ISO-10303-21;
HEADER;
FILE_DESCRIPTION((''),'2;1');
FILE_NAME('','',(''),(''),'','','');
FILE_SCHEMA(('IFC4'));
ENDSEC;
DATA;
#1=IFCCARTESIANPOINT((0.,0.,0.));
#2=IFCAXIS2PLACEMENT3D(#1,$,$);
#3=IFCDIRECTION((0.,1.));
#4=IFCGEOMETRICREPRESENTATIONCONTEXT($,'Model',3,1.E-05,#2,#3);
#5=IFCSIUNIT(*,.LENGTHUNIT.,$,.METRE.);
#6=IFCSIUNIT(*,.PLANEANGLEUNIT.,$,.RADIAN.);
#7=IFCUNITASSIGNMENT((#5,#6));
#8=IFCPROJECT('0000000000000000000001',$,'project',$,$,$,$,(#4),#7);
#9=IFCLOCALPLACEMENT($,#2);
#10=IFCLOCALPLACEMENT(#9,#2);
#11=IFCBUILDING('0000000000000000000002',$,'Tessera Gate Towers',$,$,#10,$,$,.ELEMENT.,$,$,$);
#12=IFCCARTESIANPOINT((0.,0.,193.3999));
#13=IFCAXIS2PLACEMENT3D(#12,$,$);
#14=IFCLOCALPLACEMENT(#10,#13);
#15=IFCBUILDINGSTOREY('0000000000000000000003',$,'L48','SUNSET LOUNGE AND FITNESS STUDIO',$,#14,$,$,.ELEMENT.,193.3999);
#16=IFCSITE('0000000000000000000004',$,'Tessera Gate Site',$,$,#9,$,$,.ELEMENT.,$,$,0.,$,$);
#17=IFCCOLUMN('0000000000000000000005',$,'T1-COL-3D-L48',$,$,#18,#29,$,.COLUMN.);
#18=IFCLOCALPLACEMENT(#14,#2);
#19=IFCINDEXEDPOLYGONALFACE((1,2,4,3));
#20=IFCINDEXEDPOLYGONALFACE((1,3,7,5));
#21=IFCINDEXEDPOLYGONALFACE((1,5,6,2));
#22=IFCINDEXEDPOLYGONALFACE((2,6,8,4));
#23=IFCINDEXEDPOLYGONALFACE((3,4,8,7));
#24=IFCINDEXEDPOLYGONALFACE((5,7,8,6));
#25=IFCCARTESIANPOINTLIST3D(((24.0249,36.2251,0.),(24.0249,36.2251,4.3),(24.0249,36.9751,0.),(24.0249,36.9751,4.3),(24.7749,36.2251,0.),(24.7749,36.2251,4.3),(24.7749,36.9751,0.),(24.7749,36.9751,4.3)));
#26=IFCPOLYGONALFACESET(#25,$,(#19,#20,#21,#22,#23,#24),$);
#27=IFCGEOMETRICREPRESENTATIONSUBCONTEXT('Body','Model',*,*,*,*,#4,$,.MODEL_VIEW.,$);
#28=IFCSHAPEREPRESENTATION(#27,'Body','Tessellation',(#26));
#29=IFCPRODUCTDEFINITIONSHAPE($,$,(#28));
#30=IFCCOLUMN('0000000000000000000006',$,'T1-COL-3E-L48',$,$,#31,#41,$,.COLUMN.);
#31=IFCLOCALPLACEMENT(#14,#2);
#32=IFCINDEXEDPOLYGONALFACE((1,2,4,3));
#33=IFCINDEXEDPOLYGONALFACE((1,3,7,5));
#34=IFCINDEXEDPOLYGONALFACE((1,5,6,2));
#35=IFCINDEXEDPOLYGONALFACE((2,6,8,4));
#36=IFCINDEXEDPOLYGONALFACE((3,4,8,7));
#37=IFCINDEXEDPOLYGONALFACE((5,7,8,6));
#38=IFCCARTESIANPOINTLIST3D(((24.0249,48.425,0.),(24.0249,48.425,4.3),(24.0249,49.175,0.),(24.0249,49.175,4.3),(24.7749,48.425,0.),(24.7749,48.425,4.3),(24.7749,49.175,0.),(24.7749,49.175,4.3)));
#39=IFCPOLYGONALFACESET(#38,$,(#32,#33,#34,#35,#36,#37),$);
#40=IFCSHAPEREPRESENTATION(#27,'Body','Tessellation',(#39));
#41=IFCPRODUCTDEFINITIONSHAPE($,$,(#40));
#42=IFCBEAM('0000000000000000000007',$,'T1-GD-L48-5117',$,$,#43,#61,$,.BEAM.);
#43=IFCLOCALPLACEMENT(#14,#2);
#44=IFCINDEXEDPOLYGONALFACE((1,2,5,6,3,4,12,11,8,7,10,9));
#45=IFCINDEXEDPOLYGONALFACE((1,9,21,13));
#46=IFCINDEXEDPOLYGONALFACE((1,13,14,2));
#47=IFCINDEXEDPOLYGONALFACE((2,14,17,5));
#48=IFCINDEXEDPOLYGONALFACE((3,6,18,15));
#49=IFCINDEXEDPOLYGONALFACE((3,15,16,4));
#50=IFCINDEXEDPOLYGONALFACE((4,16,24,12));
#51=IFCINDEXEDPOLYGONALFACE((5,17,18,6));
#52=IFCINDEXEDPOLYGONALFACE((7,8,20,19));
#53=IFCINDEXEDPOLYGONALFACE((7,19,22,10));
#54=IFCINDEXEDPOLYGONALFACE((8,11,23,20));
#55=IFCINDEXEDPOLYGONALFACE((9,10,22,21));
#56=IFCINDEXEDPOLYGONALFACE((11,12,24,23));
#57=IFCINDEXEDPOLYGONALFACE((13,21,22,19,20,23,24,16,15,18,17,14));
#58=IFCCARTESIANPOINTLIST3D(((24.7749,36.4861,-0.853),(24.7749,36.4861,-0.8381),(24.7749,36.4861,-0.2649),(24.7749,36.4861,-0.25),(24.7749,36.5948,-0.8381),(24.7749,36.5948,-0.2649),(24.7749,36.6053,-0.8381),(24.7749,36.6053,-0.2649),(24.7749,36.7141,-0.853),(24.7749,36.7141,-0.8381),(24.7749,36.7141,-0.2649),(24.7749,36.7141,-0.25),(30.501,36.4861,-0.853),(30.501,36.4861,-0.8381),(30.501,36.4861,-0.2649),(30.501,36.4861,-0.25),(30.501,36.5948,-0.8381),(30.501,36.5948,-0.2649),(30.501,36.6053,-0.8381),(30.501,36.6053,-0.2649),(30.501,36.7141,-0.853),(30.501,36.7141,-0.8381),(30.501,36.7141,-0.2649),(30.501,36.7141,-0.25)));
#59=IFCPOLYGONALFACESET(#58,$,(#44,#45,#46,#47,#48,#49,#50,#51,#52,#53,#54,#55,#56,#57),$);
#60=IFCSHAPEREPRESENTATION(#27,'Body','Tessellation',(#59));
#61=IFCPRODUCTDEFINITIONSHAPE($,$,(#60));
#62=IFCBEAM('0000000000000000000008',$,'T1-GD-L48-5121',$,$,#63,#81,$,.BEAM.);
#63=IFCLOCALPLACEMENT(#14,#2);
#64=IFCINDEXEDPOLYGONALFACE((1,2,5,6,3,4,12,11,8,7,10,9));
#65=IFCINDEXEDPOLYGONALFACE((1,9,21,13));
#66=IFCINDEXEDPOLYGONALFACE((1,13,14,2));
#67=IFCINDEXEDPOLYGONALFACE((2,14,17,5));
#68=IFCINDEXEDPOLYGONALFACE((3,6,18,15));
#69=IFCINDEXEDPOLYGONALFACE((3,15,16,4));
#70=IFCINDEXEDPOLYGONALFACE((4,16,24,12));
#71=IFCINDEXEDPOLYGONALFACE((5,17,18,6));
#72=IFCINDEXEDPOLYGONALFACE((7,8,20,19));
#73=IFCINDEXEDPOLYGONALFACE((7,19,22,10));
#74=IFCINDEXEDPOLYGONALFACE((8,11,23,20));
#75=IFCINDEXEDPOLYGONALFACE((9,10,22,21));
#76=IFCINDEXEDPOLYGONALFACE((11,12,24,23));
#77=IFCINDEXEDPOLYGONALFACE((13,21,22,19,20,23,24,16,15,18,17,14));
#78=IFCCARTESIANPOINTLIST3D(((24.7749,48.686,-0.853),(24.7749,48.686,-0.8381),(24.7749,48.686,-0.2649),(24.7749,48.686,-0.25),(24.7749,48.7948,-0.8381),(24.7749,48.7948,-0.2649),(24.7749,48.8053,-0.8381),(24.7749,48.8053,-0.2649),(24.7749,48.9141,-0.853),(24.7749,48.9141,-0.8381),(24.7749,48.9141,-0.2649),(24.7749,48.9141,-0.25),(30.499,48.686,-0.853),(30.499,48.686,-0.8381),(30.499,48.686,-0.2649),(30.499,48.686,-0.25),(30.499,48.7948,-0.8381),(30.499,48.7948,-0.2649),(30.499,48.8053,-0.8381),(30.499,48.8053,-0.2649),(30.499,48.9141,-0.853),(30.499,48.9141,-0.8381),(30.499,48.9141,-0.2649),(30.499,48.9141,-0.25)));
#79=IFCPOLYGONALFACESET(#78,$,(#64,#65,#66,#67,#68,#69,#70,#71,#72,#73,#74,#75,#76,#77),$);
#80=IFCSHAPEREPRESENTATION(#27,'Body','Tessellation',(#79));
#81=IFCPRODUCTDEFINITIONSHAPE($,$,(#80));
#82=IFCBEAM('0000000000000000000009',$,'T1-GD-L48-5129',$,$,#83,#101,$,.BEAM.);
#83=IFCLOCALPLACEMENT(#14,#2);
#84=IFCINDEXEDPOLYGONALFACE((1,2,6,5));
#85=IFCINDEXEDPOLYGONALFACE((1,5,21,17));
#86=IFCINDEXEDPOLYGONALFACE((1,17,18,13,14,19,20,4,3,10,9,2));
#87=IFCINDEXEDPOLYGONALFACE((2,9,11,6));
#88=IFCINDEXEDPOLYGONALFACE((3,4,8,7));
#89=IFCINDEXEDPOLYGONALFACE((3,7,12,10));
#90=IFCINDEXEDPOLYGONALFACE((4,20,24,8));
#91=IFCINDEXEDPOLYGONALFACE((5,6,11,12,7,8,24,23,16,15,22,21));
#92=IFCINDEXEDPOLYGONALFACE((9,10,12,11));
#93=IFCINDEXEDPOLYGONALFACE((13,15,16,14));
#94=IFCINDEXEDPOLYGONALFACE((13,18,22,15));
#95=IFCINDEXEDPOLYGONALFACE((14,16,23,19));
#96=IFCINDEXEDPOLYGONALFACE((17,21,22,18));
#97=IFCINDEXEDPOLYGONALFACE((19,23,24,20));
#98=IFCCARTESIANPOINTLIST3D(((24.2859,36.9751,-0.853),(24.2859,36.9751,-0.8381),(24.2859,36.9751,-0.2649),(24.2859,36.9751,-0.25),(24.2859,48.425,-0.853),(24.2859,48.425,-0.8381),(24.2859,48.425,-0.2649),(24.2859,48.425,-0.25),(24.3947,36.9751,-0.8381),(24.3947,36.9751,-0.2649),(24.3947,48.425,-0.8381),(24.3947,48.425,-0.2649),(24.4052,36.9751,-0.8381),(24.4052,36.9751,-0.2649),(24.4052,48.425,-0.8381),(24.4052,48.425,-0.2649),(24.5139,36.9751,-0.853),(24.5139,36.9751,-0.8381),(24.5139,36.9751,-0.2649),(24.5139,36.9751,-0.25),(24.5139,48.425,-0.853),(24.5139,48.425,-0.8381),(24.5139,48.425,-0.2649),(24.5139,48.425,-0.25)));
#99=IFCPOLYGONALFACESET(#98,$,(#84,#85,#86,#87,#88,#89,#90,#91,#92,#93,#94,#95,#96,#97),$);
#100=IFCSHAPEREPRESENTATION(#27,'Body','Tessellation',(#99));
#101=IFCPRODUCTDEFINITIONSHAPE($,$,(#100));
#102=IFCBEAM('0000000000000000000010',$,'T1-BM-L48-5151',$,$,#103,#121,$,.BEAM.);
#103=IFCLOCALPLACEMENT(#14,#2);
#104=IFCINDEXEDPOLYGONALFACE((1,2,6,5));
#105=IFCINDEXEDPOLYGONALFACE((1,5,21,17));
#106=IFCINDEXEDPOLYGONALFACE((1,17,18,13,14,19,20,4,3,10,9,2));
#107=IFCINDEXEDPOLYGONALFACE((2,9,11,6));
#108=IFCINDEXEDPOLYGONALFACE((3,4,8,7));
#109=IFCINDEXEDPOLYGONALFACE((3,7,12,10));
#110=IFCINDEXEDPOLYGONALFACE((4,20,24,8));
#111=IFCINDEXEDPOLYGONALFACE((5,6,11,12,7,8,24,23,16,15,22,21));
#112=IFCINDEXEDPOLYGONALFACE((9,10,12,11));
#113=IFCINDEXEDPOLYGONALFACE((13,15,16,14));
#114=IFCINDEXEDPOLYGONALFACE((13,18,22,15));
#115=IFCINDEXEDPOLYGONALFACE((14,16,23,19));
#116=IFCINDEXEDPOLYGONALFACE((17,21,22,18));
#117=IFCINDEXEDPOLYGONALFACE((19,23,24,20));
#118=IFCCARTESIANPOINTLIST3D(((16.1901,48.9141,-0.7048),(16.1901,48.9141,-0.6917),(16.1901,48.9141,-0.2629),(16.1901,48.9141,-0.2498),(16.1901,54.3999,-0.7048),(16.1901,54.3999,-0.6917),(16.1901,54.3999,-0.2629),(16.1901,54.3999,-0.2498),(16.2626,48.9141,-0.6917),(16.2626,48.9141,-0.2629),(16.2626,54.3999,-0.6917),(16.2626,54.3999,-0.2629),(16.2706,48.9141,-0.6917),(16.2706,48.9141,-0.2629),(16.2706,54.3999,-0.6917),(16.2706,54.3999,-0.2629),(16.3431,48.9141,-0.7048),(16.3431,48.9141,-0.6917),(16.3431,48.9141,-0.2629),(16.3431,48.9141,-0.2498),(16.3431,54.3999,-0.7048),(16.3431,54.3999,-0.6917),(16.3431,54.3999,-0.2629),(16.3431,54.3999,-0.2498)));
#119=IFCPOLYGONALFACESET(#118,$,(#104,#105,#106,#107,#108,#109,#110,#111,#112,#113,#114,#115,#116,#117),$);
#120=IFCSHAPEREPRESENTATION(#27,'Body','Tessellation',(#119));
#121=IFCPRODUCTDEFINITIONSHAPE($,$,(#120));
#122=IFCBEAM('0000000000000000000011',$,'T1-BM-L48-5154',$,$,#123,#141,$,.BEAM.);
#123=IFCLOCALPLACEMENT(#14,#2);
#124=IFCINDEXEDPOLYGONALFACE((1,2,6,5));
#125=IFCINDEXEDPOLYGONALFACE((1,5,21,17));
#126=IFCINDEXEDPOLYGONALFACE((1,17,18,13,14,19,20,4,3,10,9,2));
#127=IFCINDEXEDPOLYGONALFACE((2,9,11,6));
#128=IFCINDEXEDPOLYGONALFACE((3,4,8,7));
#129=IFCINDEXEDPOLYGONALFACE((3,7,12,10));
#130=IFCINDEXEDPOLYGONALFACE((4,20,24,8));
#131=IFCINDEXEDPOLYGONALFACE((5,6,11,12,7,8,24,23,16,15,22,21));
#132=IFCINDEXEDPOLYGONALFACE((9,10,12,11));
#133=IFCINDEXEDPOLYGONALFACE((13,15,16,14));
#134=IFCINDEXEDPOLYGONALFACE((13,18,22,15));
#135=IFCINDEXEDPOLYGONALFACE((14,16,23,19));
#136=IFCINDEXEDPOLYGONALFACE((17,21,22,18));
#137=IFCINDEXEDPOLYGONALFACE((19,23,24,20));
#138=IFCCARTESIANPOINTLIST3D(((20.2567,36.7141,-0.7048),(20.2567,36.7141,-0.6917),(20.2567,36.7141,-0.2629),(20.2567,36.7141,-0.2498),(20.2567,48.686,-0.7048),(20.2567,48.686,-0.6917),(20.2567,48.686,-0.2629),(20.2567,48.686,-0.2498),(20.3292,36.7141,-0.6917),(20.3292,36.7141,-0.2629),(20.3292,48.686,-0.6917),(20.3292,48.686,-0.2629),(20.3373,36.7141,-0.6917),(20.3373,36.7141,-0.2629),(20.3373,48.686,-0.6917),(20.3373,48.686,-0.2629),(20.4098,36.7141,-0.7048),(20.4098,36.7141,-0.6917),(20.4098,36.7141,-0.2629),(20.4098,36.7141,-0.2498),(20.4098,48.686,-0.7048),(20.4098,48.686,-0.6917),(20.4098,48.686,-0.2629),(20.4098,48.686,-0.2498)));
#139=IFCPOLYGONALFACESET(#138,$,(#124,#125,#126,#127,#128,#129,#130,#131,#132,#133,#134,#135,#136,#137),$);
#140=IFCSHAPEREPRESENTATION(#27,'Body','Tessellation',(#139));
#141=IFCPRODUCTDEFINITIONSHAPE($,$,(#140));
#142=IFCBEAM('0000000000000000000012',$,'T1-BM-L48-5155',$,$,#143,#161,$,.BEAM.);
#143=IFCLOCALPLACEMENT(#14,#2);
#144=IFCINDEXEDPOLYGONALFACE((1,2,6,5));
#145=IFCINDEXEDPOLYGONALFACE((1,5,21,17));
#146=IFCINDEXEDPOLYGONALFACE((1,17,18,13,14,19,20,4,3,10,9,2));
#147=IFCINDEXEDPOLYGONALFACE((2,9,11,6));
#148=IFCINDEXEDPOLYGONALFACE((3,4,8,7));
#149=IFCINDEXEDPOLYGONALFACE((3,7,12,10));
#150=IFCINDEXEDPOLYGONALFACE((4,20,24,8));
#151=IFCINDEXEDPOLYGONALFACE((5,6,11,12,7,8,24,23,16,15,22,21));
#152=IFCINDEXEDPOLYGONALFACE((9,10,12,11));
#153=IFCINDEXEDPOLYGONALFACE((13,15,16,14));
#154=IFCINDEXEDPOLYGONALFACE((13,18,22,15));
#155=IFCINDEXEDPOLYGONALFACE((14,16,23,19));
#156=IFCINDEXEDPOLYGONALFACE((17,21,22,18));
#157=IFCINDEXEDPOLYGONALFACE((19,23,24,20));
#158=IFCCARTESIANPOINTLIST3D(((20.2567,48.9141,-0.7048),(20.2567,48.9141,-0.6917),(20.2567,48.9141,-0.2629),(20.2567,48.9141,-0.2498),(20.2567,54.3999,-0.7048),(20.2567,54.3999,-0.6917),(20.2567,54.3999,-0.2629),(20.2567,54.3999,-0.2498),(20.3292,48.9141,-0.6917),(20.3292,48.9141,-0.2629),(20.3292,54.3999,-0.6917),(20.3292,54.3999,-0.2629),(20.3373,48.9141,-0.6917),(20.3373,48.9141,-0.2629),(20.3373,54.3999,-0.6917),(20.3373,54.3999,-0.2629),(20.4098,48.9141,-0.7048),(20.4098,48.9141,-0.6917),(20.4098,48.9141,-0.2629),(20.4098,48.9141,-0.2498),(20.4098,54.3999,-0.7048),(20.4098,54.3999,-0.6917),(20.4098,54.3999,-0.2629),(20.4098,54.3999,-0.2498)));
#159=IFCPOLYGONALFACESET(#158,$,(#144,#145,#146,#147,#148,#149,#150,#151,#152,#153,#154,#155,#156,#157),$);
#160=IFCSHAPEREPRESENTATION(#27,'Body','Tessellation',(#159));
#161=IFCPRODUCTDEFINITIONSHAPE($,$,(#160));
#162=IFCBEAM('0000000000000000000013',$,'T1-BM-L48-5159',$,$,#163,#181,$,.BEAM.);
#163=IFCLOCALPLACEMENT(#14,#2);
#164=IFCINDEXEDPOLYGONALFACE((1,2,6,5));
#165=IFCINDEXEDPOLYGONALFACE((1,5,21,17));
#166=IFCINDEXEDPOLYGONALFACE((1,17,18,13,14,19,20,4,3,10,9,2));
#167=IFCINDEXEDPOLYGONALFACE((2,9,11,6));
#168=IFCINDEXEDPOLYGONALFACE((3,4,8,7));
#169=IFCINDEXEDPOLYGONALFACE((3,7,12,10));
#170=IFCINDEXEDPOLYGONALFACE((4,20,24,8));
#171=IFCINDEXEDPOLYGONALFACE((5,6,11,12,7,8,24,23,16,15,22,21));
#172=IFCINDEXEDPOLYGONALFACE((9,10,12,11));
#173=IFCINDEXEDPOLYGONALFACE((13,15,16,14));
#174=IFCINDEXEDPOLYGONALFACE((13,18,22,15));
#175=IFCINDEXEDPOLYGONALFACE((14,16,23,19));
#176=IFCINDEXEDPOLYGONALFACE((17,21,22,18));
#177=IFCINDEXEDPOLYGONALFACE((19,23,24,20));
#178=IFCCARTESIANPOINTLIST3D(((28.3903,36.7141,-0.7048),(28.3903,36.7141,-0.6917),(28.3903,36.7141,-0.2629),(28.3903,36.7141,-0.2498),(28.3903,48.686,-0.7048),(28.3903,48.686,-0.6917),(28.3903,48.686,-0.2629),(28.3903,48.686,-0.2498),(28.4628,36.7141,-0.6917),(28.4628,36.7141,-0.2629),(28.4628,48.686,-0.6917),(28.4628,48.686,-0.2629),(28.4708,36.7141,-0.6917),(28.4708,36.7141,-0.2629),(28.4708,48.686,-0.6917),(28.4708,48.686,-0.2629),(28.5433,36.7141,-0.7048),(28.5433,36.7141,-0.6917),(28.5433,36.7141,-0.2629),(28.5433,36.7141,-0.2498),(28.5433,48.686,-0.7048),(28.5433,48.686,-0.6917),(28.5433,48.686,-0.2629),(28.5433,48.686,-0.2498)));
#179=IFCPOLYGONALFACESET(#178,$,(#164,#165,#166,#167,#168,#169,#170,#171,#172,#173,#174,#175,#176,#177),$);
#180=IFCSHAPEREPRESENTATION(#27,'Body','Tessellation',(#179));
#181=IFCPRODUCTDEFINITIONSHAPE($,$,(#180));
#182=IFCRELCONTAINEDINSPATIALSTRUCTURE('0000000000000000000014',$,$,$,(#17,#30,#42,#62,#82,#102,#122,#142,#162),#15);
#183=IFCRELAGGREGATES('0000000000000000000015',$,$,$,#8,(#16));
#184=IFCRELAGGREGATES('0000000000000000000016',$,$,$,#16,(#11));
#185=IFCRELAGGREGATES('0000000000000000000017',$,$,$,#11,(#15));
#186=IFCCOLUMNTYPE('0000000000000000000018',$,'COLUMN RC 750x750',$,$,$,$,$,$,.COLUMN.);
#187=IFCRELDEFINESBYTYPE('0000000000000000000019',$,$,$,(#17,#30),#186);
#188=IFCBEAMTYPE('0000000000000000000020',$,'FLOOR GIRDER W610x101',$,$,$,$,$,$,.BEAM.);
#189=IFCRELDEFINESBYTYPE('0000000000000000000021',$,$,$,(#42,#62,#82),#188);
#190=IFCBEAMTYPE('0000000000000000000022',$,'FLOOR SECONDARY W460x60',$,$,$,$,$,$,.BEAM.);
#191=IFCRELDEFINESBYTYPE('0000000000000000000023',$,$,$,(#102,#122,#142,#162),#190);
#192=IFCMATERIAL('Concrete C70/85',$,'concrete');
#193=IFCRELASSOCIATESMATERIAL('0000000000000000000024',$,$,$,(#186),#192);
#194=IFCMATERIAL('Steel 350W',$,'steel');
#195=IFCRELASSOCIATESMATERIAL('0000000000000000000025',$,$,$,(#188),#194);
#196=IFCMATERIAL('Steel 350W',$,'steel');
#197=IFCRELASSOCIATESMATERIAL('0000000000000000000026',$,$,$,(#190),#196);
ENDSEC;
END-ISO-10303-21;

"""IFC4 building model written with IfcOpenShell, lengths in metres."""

from ifc_helpers import new_model, si_unit, direction, frame, origin, origin_2d, place, context, subcontext, project, spatial, rectangle, i_section, extrude, material, material_profile, profile_set, type_object, element, save


model = new_model("IFC4")

# Units and contexts
model_context = context("Model", 3, precision=1e-05, world=origin(), true_north=direction((0.0, 1.0)))
body_context = subcontext(model_context, "Body", "Model", "MODEL_VIEW")
ifc_project = project(units=[si_unit("LENGTHUNIT", "METRE"), si_unit("PLANEANGLEUNIT", "RADIAN")], contexts=[model_context])

# Site, building, storey
site_placement = place(None, origin())
site = spatial("IfcSite", under=ifc_project, at=site_placement, Name="Tessera Gate Site", CompositionType="ELEMENT", RefElevation=0.0)
building_placement = place(site_placement, origin())
building = spatial("IfcBuilding", under=site, at=building_placement, Name="Tessera Gate Towers", CompositionType="ELEMENT")
storey_placement = place(building_placement, frame((0.0, 0.0, 193.3999)))
storey = spatial("IfcBuildingStorey", under=building, at=storey_placement, Name="L48", Description="SUNSET LOUNGE AND FITNESS STUDIO", CompositionType="ELEMENT", Elevation=193.3999)

# Columns
ifc_material_1 = material(Name="Concrete C70/85", Category="concrete")
ifc_material_profile_1 = material_profile(ifc_material_1, rectangle(XDim=0.75, YDim=0.75, at=origin_2d()), Name="RC 750x750")
ifc_profile_set_1 = profile_set([ifc_material_profile_1], Name="Concrete C70/85")
column_type = type_object("IfcColumnType", Name="COLUMN RC 750x750", PredefinedType="COLUMN", material=ifc_profile_set_1)
for number, where, z_axis, x_axis, name in (
    (1, (24.3999, 36.6001, 0.0), (0.0, 0.0, 1.0), (1.0, 0.0, 0.0), "T1-COL-3D-L48"),
    (2, (24.3999, 48.8, 0.0), (0.0, 0.0, 1.0), (1.0, 0.0, 0.0), "T1-COL-3E-L48"),
):
    element("IfcColumn", number, at=place(storey_placement, frame(where, z_axis=z_axis, x_axis=x_axis)), inside=storey, type_object=column_type, Name=name, PredefinedType="COLUMN", context=body_context, shape_type="SweptSolid", body=[
        extrude(rectangle(XDim=0.75, YDim=0.75, at=origin_2d()), origin(), (0.0, 0.0, 1.0), 4.3),
    ])

# Beams
ifc_material_2 = material(Name="Steel 350W", Category="steel")
ifc_material_profile_2 = material_profile(ifc_material_2, i_section(OverallWidth=0.228, OverallDepth=0.603, WebThickness=0.0105, FlangeThickness=0.0149, at=origin_2d()), Name="W610x101")
ifc_profile_set_2 = profile_set([ifc_material_profile_2], Name="Steel 350W")
beam_type_1 = type_object("IfcBeamType", Name="FLOOR GIRDER W610x101", PredefinedType="BEAM", material=ifc_profile_set_2)
beam_1_placement = place(storey_placement, frame((24.7749, 36.6001, -0.5515), z_axis=(1.0, 0.0, 0.0), x_axis=(0.0, 1.0, 0.0)))
element("IfcBeam", 3, at=beam_1_placement, inside=storey, type_object=beam_type_1, Name="T1-GD-L48-5117", PredefinedType="BEAM", context=body_context, shape_type="SweptSolid", body=[
    extrude(i_section(OverallWidth=0.228, OverallDepth=0.603, WebThickness=0.0105, FlangeThickness=0.0149, at=origin_2d()), origin(), (0.0, 0.0, 1.0), 5.7261),
])
beam_2_placement = place(storey_placement, frame((24.7749, 48.8, -0.5515), z_axis=(1.0, 0.0, 0.0), x_axis=(0.0, 1.0, 0.0)))
element("IfcBeam", 4, at=beam_2_placement, inside=storey, type_object=beam_type_1, Name="T1-GD-L48-5121", PredefinedType="BEAM", context=body_context, shape_type="SweptSolid", body=[
    extrude(i_section(OverallWidth=0.228, OverallDepth=0.603, WebThickness=0.0105, FlangeThickness=0.0149, at=origin_2d()), origin(), (0.0, 0.0, 1.0), 5.7241),
])
beam_3_placement = place(storey_placement, frame((24.3999, 36.9751, -0.5515), z_axis=(0.0, 1.0, 0.0), x_axis=(-1.0, 0.0, 0.0)))
element("IfcBeam", 5, at=beam_3_placement, inside=storey, type_object=beam_type_1, Name="T1-GD-L48-5129", PredefinedType="BEAM", context=body_context, shape_type="SweptSolid", body=[
    extrude(i_section(OverallWidth=0.228, OverallDepth=0.603, WebThickness=0.0105, FlangeThickness=0.0149, at=origin_2d()), origin(), (0.0, 0.0, 1.0), 11.45),
])
ifc_material_3 = material(Name="Steel 350W", Category="steel")
ifc_material_profile_3 = material_profile(ifc_material_3, i_section(OverallWidth=0.1531, OverallDepth=0.4551, WebThickness=0.0081, FlangeThickness=0.0132, at=origin_2d()), Name="W460x60")
ifc_profile_set_3 = profile_set([ifc_material_profile_3], Name="Steel 350W")
beam_type_2 = type_object("IfcBeamType", Name="FLOOR SECONDARY W460x60", PredefinedType="BEAM", material=ifc_profile_set_3)
beam_4_placement = place(storey_placement, frame((16.2666, 48.9141, -0.4773), z_axis=(0.0, 1.0, 0.0), x_axis=(-1.0, 0.0, 0.0)))
element("IfcBeam", 6, at=beam_4_placement, inside=storey, type_object=beam_type_2, Name="T1-BM-L48-5151", PredefinedType="BEAM", context=body_context, shape_type="SweptSolid", body=[
    extrude(i_section(OverallWidth=0.1531, OverallDepth=0.4551, WebThickness=0.0081, FlangeThickness=0.0132, at=origin_2d()), origin(), (0.0, 0.0, 1.0), 5.4858),
])
beam_5_placement = place(storey_placement, frame((20.3333, 36.7141, -0.4773), z_axis=(0.0, 1.0, 0.0), x_axis=(-1.0, 0.0, 0.0)))
element("IfcBeam", 7, at=beam_5_placement, inside=storey, type_object=beam_type_2, Name="T1-BM-L48-5154", PredefinedType="BEAM", context=body_context, shape_type="SweptSolid", body=[
    extrude(i_section(OverallWidth=0.1531, OverallDepth=0.4551, WebThickness=0.0081, FlangeThickness=0.0132, at=origin_2d()), origin(), (0.0, 0.0, 1.0), 11.9719),
])
beam_6_placement = place(storey_placement, frame((20.3333, 48.9141, -0.4773), z_axis=(0.0, 1.0, 0.0), x_axis=(-1.0, 0.0, 0.0)))
element("IfcBeam", 8, at=beam_6_placement, inside=storey, type_object=beam_type_2, Name="T1-BM-L48-5155", PredefinedType="BEAM", context=body_context, shape_type="SweptSolid", body=[
    extrude(i_section(OverallWidth=0.1531, OverallDepth=0.4551, WebThickness=0.0081, FlangeThickness=0.0132, at=origin_2d()), origin(), (0.0, 0.0, 1.0), 5.4858),
])
beam_7_placement = place(storey_placement, frame((28.4668, 36.7141, -0.4773), z_axis=(0.0, 1.0, 0.0), x_axis=(-1.0, 0.0, 0.0)))
element("IfcBeam", 9, at=beam_7_placement, inside=storey, type_object=beam_type_2, Name="T1-BM-L48-5159", PredefinedType="BEAM", context=body_context, shape_type="SweptSolid", body=[
    extrude(i_section(OverallWidth=0.1531, OverallDepth=0.4551, WebThickness=0.0081, FlangeThickness=0.0132, at=origin_2d()), origin(), (0.0, 0.0, 1.0), 11.9719),
])

save(model, "model.ifc")
